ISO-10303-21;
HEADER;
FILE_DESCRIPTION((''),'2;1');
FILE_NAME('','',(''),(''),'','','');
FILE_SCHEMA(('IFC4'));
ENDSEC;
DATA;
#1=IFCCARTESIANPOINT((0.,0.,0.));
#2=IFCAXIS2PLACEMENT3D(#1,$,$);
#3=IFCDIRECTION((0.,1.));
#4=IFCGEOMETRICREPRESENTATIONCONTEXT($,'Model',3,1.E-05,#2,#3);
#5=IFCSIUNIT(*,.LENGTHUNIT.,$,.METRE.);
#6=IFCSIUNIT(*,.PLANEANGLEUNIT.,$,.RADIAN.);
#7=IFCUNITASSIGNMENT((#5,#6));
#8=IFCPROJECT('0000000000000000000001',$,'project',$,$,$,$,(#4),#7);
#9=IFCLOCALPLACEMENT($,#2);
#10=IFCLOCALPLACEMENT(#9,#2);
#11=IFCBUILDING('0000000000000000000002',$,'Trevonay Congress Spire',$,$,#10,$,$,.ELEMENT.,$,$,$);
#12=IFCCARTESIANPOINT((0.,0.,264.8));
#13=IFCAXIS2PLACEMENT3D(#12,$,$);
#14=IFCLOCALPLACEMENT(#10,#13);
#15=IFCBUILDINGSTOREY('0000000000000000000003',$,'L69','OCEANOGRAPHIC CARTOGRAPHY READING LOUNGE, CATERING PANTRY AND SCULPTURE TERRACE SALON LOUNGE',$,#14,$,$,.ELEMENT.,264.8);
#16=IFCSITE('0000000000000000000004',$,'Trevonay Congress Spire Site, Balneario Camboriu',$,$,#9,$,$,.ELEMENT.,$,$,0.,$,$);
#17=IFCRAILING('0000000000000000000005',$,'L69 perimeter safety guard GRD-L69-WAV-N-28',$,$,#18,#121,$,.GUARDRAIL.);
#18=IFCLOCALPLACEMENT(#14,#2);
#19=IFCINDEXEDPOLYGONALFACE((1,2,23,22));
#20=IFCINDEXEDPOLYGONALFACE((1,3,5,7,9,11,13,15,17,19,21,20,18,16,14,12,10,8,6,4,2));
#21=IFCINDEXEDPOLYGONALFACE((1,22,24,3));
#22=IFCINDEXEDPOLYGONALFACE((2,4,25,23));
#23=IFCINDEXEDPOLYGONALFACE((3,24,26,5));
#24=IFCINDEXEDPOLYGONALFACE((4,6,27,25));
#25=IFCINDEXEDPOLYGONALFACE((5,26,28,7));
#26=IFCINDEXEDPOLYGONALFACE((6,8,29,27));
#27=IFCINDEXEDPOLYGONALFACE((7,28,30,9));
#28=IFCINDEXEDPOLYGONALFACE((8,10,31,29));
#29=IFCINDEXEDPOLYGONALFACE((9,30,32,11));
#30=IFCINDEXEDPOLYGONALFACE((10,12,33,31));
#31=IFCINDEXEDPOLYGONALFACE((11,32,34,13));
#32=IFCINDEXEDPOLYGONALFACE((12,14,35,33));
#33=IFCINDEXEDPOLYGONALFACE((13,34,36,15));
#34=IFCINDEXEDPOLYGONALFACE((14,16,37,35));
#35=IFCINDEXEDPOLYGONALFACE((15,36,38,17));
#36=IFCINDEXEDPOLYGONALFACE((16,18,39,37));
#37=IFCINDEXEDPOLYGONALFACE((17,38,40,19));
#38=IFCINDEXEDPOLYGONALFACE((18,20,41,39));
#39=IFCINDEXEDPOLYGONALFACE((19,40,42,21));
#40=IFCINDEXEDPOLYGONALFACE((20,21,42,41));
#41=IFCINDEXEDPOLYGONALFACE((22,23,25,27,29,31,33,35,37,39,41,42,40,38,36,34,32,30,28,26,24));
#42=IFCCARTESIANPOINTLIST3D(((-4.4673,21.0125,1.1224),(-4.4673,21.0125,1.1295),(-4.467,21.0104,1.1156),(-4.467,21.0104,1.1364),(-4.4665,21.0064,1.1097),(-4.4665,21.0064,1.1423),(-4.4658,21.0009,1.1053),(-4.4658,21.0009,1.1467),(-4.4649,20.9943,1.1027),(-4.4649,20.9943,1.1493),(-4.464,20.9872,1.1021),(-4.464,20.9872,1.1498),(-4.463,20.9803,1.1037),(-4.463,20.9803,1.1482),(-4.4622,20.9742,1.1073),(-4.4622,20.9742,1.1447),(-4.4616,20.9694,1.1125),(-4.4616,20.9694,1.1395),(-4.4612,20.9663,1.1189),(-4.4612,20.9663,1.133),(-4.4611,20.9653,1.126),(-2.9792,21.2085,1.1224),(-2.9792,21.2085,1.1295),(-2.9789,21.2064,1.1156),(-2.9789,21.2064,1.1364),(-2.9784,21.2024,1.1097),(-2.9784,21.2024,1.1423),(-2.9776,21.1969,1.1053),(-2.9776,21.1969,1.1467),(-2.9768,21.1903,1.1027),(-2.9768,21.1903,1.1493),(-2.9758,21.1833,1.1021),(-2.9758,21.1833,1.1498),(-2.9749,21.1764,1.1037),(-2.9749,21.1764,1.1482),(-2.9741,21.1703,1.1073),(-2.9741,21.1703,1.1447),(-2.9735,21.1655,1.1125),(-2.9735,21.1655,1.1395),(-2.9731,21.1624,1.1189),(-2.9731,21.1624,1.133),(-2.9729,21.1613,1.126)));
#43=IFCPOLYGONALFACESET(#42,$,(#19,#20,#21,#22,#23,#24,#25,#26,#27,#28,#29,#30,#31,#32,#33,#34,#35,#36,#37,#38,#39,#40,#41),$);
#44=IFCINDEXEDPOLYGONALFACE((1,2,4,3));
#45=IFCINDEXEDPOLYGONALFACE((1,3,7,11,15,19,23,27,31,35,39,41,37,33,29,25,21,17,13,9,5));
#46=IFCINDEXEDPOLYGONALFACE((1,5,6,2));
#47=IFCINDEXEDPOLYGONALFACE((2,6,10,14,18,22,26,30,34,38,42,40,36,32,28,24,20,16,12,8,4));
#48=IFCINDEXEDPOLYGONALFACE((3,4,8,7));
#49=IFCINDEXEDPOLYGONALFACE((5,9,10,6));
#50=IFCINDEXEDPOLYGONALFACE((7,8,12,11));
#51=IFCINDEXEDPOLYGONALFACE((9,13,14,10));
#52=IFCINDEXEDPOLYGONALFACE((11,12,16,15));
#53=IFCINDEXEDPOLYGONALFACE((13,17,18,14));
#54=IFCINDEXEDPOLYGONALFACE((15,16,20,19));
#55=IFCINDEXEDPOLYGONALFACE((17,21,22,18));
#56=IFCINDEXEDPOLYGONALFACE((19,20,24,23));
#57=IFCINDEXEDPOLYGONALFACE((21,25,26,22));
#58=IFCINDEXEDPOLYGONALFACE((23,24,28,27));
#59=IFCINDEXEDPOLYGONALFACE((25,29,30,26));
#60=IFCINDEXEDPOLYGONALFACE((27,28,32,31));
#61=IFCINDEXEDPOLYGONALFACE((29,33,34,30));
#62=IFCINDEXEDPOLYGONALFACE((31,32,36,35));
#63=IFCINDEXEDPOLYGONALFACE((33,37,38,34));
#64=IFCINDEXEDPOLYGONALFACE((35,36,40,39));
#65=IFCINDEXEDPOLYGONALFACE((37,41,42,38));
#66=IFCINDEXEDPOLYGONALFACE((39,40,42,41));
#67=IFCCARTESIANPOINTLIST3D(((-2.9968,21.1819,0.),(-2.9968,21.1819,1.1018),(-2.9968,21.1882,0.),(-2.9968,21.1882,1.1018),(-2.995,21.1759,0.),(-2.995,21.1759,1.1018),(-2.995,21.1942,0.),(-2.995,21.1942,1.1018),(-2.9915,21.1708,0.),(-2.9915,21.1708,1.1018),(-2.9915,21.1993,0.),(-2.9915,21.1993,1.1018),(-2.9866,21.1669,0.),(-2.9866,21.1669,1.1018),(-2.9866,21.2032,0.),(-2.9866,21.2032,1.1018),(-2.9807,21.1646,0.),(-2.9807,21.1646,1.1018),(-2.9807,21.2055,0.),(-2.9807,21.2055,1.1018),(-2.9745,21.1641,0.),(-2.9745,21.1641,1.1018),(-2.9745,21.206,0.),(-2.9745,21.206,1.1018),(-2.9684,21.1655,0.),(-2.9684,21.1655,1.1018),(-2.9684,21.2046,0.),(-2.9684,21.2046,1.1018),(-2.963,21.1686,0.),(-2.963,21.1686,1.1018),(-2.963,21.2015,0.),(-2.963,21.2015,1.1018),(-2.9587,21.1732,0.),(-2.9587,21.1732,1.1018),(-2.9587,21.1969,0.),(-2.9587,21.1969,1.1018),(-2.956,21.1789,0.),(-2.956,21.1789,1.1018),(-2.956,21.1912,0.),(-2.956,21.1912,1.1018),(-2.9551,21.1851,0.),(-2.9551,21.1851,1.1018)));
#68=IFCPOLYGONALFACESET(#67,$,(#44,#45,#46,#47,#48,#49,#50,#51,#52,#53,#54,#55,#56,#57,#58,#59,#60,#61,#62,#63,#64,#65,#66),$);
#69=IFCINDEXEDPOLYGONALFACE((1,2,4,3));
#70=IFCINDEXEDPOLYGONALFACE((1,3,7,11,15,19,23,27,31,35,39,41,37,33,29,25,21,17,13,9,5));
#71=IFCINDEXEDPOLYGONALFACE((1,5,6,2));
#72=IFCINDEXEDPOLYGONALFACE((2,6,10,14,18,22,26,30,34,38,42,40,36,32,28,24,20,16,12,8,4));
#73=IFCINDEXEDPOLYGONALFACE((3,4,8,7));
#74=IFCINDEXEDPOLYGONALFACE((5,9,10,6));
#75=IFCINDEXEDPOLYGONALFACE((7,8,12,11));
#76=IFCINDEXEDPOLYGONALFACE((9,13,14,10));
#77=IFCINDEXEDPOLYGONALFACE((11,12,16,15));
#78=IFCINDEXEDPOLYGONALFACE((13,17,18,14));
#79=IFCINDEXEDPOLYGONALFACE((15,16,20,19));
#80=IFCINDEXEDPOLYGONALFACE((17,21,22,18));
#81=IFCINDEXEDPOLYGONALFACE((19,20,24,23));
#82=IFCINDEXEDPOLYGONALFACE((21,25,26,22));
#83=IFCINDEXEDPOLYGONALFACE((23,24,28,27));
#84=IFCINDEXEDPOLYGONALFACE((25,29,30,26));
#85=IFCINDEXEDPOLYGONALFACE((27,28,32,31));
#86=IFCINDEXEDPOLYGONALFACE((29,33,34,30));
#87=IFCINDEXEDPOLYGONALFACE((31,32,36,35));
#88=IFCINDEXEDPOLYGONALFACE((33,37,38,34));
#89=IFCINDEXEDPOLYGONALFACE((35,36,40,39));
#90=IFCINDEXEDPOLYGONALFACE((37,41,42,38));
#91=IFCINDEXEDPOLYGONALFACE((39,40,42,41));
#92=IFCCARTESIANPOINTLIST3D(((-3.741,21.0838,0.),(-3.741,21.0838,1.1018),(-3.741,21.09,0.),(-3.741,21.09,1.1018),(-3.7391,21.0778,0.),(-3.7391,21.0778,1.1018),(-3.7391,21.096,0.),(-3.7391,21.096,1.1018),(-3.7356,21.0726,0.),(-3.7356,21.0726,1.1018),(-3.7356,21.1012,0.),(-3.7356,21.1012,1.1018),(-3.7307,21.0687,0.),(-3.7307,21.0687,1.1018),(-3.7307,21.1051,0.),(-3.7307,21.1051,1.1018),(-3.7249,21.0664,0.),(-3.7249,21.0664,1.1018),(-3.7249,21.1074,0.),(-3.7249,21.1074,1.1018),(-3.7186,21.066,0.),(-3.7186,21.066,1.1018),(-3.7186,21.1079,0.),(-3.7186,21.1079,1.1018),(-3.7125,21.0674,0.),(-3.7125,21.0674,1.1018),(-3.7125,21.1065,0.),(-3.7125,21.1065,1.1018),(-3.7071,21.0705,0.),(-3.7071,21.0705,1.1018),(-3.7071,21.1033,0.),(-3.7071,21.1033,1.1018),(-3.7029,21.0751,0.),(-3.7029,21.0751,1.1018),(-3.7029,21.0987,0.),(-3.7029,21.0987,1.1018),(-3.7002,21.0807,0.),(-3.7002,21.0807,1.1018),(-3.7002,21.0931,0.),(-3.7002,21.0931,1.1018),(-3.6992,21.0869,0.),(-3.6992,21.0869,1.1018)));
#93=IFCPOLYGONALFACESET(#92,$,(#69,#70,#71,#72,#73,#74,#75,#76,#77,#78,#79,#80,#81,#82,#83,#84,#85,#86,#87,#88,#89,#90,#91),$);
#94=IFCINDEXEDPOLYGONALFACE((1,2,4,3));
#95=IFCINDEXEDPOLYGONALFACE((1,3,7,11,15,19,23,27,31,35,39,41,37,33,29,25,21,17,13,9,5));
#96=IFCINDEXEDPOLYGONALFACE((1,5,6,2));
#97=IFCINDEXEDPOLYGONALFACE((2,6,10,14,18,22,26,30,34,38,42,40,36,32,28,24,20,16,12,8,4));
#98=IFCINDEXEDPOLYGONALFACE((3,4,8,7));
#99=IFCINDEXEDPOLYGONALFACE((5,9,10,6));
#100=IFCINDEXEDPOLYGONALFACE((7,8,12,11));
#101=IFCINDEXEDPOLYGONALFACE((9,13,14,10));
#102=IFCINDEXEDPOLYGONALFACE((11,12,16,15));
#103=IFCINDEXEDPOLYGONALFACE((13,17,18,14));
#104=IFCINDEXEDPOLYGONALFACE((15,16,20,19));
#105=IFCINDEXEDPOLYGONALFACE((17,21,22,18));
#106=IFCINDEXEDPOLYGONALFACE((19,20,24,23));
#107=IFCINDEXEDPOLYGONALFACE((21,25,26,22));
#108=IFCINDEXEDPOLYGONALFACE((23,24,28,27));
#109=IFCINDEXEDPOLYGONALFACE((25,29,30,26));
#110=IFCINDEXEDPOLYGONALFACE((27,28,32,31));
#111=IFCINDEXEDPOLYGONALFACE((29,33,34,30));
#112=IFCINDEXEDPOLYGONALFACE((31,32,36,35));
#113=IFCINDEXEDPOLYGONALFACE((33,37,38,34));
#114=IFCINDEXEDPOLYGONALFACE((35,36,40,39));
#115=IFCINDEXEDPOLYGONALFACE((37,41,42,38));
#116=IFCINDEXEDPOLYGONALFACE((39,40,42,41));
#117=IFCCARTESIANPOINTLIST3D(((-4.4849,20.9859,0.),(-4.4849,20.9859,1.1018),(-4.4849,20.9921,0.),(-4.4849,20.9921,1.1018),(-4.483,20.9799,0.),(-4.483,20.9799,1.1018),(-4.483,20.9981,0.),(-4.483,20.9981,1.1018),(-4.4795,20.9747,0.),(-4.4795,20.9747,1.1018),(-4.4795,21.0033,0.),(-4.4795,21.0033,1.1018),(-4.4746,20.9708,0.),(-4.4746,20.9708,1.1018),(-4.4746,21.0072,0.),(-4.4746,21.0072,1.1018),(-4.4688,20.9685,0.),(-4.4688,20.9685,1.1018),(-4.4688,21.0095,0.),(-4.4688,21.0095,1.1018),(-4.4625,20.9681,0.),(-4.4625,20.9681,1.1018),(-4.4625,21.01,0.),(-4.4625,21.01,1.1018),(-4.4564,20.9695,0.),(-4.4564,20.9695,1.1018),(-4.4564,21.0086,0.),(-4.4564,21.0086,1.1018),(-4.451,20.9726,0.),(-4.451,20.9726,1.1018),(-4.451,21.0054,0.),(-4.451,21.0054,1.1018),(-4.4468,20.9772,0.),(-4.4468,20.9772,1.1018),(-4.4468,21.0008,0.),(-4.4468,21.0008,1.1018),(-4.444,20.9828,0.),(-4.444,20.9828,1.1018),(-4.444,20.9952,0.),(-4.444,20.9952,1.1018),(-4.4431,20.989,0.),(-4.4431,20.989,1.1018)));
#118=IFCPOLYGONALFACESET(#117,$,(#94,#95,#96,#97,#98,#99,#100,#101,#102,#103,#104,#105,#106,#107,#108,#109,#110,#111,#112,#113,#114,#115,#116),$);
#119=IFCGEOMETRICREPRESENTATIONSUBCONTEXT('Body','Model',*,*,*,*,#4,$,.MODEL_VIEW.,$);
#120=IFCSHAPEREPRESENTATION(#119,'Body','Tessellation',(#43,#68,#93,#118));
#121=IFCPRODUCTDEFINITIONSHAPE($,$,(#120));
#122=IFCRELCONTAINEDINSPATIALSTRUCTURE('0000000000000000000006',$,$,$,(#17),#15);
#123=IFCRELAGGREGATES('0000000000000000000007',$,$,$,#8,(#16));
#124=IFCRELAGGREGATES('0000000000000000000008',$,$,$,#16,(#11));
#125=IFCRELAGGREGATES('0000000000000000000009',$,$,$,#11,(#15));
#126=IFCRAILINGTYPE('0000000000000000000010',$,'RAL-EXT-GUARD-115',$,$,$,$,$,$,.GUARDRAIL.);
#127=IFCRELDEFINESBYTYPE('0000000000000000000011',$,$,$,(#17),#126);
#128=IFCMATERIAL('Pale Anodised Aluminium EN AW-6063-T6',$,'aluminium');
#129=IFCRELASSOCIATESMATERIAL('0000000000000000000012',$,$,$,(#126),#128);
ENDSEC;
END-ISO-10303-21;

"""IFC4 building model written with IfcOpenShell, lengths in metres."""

from ifc_helpers import new_model, si_unit, direction, frame, origin, origin_2d, place, context, subcontext, project, spatial, circle, extrude, material, type_object, element, save


model = new_model("IFC4")

# Units and contexts
model_context = context("Model", 3, precision=1e-05, world=origin(), true_north=direction((0.0, 1.0)))
body_context = subcontext(model_context, "Body", "Model", "MODEL_VIEW")
ifc_project = project(units=[si_unit("LENGTHUNIT", "METRE"), si_unit("PLANEANGLEUNIT", "RADIAN")], contexts=[model_context])

# Site, building, storey
site_placement = place(None, origin())
site = spatial("IfcSite", under=ifc_project, at=site_placement, Name="Trevonay Congress Spire Site, Balneario Camboriu", CompositionType="ELEMENT", RefElevation=0.0)
building_placement = place(site_placement, origin())
building = spatial("IfcBuilding", under=site, at=building_placement, Name="Trevonay Congress Spire", CompositionType="ELEMENT")
storey_placement = place(building_placement, frame((0.0, 0.0, 264.8)))
storey = spatial("IfcBuildingStorey", under=building, at=storey_placement, Name="L69", Description="OCEANOGRAPHIC CARTOGRAPHY READING LOUNGE, CATERING PANTRY AND SCULPTURE TERRACE SALON LOUNGE", CompositionType="ELEMENT", Elevation=264.8)

# Shared definitions
ifc_material_1 = material(Name="Pale Anodised Aluminium EN AW-6063-T6", Category="aluminium")

# Railing
railing_type = type_object("IfcRailingType", Name="RAL-EXT-GUARD-115", PredefinedType="GUARDRAIL", material=ifc_material_1)
railing_1_placement = place(storey_placement, frame((-2.9761, 21.1851, 0.0)))
element("IfcRailing", 1, at=railing_1_placement, inside=storey, type_object=railing_type, Name="L69 perimeter safety guard GRD-L69-WAV-N-28", PredefinedType="GUARDRAIL", context=body_context, shape_type="SweptSolid", body=[
    extrude(circle(Radius=0.0239, at=origin_2d()), frame((0.0, 0.0, 1.126), z_axis=(-0.991433, -0.130619, 0.0), x_axis=(0.130619, -0.991433, 0.0)), (0.0, 0.0, 1.0), 1.501),
    extrude(circle(Radius=0.021, at=origin_2d()), origin(), (0.0, 0.0, 1.0), 1.1018),
    extrude(circle(Radius=0.021, at=origin_2d()), frame((-0.7441, -0.0981, 0.0)), (0.0, 0.0, 1.0), 1.1018),
    extrude(circle(Radius=0.021, at=origin_2d()), frame((-1.488, -0.196, 0.0)), (0.0, 0.0, 1.0), 1.1018),
])

save(model, "model.ifc")
